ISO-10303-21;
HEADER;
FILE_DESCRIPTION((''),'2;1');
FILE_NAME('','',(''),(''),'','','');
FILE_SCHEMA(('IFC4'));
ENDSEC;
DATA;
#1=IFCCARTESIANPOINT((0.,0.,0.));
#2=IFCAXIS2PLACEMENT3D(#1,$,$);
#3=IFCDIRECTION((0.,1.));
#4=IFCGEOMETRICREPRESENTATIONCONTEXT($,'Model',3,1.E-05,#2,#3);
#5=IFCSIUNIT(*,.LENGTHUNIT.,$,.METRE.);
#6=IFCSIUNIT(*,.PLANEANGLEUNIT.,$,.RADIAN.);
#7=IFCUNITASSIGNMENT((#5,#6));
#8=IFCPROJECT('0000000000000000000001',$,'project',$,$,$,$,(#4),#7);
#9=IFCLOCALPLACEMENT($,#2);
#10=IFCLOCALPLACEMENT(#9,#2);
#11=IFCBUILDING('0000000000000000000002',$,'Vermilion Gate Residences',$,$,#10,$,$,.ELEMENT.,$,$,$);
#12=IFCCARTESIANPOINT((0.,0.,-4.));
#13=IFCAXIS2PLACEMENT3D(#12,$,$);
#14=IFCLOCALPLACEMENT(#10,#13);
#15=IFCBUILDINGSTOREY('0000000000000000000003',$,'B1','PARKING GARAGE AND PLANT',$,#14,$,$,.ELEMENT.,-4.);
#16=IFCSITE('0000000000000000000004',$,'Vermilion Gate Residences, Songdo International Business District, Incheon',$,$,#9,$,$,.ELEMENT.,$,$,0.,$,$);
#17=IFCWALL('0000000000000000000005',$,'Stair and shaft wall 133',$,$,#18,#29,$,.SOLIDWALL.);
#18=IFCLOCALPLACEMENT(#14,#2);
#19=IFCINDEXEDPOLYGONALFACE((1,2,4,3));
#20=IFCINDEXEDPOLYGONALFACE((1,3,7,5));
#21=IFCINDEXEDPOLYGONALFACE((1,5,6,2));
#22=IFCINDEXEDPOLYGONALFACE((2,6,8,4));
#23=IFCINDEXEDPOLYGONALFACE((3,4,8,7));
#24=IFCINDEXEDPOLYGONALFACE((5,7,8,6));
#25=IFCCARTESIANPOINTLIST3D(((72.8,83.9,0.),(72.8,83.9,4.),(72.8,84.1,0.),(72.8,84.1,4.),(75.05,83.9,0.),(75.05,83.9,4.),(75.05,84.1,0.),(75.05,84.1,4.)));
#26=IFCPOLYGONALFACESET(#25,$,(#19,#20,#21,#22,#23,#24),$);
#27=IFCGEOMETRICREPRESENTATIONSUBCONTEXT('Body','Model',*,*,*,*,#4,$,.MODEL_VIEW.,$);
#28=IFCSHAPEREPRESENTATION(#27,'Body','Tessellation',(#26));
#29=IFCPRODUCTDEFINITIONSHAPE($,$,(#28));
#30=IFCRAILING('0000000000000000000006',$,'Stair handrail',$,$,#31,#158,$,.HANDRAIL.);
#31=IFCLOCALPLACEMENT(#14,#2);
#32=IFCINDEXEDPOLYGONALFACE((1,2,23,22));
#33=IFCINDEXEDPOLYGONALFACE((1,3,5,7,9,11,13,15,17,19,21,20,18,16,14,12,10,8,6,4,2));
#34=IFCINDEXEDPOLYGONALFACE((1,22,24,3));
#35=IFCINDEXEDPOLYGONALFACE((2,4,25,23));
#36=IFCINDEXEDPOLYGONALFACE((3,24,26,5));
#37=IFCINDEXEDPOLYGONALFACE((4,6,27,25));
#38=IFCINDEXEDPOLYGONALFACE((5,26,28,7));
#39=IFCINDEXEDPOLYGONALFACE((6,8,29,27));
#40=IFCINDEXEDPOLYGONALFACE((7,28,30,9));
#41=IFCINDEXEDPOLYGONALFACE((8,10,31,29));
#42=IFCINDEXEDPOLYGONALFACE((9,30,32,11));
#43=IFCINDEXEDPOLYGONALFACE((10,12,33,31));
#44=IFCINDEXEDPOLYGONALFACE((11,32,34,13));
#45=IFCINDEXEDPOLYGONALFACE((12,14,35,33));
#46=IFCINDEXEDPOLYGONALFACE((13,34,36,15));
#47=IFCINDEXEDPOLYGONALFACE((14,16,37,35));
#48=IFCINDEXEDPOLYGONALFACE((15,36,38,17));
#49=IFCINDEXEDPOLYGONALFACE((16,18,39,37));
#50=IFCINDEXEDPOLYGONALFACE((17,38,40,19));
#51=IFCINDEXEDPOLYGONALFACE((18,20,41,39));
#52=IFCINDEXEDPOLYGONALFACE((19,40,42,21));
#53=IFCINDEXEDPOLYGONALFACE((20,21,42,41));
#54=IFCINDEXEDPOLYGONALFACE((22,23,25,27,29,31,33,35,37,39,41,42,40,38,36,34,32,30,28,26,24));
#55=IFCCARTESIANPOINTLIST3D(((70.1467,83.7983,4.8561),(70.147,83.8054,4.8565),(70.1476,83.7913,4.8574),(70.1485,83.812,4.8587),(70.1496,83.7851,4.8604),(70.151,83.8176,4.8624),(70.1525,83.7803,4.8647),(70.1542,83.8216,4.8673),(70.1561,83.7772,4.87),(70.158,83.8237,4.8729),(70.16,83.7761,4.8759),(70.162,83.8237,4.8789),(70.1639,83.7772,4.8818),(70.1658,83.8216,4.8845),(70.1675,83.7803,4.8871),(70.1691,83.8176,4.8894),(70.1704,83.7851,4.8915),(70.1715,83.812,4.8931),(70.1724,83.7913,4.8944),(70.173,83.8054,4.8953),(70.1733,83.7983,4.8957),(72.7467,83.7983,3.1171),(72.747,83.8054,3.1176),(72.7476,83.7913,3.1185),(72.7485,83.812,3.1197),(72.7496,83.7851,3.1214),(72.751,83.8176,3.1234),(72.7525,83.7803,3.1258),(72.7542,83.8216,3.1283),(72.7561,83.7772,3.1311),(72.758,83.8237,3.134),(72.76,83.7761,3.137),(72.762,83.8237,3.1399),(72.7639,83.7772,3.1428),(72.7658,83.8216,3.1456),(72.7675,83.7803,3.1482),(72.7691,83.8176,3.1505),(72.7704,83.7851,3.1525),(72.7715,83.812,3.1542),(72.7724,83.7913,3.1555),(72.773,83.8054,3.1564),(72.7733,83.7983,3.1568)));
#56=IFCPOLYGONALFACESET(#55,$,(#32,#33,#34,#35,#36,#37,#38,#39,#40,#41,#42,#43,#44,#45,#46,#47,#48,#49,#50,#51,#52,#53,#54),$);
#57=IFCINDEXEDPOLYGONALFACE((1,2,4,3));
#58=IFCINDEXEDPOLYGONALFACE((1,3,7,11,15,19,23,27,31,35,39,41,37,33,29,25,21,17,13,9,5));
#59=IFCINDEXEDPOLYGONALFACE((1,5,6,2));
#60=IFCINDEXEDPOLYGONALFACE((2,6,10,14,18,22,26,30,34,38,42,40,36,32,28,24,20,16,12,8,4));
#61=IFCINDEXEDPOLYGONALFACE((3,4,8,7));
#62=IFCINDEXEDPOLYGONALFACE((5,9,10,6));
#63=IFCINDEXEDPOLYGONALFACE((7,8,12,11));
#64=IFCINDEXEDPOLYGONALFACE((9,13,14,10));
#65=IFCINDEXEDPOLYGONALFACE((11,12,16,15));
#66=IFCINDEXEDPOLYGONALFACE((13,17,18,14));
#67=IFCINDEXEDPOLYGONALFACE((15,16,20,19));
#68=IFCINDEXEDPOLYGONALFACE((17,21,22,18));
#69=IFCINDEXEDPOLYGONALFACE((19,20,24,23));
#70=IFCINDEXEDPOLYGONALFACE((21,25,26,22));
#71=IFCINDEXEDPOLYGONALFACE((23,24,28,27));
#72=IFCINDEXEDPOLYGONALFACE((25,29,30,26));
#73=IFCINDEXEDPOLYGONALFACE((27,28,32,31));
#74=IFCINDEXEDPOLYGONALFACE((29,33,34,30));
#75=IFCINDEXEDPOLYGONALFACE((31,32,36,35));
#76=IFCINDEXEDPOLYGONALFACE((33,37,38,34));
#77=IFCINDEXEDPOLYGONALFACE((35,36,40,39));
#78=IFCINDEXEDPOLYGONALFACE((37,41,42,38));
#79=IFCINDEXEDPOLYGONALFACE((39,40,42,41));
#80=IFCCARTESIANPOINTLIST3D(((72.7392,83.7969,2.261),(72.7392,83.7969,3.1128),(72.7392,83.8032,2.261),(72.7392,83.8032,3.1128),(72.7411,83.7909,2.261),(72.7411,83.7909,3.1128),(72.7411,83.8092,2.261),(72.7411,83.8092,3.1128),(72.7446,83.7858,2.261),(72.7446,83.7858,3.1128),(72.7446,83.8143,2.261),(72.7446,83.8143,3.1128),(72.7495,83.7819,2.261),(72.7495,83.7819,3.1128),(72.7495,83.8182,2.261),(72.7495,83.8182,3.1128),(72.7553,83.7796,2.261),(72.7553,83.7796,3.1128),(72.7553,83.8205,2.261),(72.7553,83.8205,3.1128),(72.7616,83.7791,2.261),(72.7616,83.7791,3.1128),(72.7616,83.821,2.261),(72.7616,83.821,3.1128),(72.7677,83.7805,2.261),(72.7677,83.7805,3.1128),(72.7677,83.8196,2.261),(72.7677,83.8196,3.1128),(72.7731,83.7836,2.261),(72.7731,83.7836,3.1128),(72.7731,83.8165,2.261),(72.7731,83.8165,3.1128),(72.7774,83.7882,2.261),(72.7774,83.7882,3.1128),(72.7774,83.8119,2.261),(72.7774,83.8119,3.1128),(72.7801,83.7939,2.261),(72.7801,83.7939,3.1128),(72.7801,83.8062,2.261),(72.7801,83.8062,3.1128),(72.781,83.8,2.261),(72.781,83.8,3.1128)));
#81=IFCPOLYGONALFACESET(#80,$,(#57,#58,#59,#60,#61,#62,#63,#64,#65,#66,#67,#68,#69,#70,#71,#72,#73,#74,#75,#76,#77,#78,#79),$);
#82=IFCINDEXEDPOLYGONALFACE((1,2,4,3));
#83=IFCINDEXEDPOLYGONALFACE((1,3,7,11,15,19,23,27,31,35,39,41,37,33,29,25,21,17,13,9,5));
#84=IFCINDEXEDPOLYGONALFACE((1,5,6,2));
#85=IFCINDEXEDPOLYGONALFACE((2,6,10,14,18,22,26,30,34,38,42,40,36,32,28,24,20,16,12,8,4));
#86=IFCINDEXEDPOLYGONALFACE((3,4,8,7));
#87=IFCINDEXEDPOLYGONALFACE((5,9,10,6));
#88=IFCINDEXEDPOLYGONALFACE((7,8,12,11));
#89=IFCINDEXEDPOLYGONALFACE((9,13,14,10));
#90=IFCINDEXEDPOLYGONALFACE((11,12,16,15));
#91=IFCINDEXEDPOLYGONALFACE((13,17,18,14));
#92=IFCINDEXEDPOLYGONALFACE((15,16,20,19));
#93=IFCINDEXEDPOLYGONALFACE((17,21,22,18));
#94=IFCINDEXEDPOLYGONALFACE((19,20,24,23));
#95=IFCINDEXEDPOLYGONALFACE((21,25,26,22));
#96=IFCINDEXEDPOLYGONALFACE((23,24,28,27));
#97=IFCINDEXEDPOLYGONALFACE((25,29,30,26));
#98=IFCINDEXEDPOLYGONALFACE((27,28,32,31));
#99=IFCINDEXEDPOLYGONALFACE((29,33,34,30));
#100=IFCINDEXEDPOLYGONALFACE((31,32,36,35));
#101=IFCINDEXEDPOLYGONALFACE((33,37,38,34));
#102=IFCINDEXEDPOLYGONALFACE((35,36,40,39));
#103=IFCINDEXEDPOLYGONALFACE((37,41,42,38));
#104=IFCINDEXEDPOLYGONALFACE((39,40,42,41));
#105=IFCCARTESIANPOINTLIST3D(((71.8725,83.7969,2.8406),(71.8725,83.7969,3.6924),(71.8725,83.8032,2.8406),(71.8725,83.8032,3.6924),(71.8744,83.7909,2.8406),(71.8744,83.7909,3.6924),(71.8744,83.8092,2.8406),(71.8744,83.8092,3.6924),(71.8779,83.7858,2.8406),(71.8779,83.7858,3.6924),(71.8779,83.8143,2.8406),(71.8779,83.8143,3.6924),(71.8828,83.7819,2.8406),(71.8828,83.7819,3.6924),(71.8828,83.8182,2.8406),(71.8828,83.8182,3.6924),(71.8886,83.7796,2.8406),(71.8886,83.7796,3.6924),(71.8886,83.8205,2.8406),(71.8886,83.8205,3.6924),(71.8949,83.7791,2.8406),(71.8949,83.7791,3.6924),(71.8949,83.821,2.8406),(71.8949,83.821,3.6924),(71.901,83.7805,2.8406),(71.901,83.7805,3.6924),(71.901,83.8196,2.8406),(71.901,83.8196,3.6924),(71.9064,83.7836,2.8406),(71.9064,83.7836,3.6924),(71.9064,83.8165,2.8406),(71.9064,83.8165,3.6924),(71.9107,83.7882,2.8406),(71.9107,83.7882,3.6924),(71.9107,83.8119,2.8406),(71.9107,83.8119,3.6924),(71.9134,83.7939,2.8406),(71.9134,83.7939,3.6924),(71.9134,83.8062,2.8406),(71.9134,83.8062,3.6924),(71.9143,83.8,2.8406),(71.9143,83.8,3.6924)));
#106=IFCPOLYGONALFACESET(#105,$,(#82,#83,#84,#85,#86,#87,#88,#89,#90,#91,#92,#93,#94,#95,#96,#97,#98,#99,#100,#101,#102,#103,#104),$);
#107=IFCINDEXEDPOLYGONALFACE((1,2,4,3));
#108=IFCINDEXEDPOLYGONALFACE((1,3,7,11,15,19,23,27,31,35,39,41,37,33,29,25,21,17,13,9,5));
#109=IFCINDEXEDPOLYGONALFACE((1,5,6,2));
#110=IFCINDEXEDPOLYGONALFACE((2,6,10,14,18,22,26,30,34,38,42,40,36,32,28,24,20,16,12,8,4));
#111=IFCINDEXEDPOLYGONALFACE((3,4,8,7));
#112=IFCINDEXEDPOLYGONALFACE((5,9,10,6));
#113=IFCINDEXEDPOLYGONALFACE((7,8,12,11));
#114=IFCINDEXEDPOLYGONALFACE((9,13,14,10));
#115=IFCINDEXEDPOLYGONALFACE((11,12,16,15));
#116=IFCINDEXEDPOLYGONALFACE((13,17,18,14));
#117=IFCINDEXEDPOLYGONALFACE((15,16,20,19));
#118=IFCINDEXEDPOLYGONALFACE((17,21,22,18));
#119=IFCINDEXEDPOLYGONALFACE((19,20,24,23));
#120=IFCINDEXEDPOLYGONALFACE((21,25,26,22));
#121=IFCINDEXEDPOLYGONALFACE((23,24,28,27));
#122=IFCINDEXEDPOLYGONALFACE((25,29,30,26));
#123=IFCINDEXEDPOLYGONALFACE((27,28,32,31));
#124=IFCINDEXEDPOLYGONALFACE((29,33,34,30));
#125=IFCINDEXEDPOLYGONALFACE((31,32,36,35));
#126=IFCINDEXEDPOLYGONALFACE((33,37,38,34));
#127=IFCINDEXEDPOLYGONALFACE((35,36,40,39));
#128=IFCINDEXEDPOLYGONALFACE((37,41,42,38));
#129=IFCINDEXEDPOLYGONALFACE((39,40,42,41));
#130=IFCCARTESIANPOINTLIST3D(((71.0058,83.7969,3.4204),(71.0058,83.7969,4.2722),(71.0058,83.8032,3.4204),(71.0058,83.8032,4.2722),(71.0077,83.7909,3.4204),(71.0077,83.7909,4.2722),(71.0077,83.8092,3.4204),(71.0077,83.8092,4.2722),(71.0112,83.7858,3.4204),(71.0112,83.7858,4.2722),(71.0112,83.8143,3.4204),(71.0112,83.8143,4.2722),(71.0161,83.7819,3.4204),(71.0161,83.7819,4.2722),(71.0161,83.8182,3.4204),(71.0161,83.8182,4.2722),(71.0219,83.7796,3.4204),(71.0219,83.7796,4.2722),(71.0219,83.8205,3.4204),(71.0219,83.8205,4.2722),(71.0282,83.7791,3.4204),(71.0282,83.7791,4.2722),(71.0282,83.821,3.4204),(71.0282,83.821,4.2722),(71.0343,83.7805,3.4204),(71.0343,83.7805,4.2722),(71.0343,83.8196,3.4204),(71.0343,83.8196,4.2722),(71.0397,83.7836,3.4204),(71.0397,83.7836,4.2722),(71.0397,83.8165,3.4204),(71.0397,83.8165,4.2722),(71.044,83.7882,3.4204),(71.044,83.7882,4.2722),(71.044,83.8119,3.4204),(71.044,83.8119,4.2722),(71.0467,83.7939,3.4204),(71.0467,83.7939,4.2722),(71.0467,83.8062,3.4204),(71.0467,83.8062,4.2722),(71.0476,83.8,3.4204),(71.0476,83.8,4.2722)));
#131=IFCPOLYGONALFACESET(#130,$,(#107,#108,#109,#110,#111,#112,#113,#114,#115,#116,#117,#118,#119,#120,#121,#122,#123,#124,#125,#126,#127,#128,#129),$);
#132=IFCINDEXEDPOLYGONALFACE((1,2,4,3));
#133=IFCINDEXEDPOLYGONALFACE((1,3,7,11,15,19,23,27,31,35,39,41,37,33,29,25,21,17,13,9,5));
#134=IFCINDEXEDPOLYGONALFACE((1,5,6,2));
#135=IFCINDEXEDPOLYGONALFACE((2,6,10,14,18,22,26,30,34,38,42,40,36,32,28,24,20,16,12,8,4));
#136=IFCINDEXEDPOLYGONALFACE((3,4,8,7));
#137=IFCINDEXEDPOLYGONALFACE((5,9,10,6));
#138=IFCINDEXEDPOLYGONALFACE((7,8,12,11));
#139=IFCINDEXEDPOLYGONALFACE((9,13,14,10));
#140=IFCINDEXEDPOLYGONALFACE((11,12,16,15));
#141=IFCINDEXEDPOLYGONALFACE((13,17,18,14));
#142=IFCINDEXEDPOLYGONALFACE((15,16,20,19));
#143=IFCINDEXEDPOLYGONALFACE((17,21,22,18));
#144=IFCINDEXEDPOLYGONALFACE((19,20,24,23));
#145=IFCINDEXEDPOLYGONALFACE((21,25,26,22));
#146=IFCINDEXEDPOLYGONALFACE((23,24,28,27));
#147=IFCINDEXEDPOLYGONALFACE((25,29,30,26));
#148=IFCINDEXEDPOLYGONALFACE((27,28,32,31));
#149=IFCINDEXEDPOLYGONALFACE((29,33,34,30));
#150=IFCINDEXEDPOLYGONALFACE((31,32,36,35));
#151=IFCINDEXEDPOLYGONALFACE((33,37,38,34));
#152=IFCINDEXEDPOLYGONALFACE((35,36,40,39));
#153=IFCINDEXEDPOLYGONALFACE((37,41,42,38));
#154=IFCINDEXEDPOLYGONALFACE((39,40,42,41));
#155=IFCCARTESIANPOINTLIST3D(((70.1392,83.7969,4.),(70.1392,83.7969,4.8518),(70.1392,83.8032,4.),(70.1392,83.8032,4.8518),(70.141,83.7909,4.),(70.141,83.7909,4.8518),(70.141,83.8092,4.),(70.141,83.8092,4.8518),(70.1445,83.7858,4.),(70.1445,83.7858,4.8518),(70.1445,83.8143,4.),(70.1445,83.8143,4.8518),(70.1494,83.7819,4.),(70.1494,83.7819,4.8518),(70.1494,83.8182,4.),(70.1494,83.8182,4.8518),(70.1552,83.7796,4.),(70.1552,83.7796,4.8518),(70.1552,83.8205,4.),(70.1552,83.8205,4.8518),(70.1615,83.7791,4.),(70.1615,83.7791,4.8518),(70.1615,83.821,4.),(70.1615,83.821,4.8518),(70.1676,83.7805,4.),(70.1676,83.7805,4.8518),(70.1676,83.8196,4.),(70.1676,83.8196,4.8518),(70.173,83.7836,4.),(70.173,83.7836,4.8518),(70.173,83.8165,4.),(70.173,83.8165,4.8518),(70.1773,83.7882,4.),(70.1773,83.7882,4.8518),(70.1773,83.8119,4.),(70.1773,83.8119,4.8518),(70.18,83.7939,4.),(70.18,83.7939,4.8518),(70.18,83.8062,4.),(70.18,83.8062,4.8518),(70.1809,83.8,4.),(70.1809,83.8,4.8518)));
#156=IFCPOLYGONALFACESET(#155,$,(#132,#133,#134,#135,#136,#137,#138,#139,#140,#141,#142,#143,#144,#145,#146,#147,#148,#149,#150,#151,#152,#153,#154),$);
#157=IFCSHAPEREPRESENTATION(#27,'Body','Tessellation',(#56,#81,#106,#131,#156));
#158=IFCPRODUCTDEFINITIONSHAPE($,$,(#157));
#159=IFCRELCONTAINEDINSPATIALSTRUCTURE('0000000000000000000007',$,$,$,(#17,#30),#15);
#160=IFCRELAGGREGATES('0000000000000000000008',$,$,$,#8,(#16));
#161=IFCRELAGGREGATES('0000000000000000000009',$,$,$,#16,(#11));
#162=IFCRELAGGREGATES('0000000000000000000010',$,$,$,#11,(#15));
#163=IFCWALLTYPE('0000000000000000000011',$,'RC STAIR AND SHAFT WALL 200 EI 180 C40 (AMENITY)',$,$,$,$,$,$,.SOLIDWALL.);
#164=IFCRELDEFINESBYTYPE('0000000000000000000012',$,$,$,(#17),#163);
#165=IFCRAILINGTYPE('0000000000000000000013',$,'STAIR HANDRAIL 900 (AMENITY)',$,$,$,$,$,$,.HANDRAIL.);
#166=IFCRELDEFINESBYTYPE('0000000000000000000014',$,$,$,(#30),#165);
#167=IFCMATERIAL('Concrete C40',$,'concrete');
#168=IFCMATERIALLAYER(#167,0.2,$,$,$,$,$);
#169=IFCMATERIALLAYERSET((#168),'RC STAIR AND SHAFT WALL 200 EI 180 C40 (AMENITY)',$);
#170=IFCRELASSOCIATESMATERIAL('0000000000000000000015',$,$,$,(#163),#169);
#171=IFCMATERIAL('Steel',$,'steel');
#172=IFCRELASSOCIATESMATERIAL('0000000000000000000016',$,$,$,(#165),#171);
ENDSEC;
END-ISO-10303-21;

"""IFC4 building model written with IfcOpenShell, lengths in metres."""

from ifc_helpers import new_model, si_unit, direction, frame, frame_2d, origin, origin_2d, place, context, subcontext, project, spatial, rectangle, circle, extrude, material, layer, layer_set, type_object, element, save


model = new_model("IFC4")

# Units and contexts
model_context = context("Model", 3, precision=1e-05, world=origin(), true_north=direction((0.0, 1.0)))
body_context = subcontext(model_context, "Body", "Model", "MODEL_VIEW")
ifc_project = project(units=[si_unit("LENGTHUNIT", "METRE"), si_unit("PLANEANGLEUNIT", "RADIAN")], contexts=[model_context])

# Site, building, storey
site_placement = place(None, origin())
site = spatial("IfcSite", under=ifc_project, at=site_placement, Name="Vermilion Gate Residences, Songdo International Business District, Incheon", CompositionType="ELEMENT", RefElevation=0.0)
building_placement = place(site_placement, origin())
building = spatial("IfcBuilding", under=site, at=building_placement, Name="Vermilion Gate Residences", CompositionType="ELEMENT")
storey_placement = place(building_placement, frame((0.0, 0.0, -4.0)))
storey = spatial("IfcBuildingStorey", under=building, at=storey_placement, Name="B1", Description="PARKING GARAGE AND PLANT", CompositionType="ELEMENT", Elevation=-4.0)

# Wall
ifc_material_1 = material(Name="Concrete C40", Category="concrete")
ifc_layer_1 = layer(ifc_material_1, 0.2)
ifc_layer_set_1 = layer_set([ifc_layer_1], Name="RC STAIR AND SHAFT WALL 200 EI 180 C40 (AMENITY)")
wall_type_1 = type_object("IfcWallType", Name="RC STAIR AND SHAFT WALL 200 EI 180 C40 (AMENITY)", PredefinedType="SOLIDWALL", material=ifc_layer_set_1)
wall_1_placement = place(storey_placement, frame((72.8, 84.0, 0.0), z_axis=(0.0, 0.0, 1.0), x_axis=(1.0, 0.0, 0.0)))
element("IfcWall", 1, at=wall_1_placement, inside=storey, type_object=wall_type_1, Name="Stair and shaft wall 133", PredefinedType="SOLIDWALL", context=body_context, shape_type="SweptSolid", body=[
    extrude(rectangle(XDim=2.25, YDim=0.2, at=frame_2d((1.125, 0.0))), origin(), (0.0, 0.0, 1.0), 4.0),
])

# Railing
ifc_material_2 = material(Name="Steel", Category="steel")
railing_type = type_object("IfcRailingType", Name="STAIR HANDRAIL 900 (AMENITY)", PredefinedType="HANDRAIL", material=ifc_material_2)
railing_placement = place(storey_placement, frame((72.76, 83.8, 2.261)))
element("IfcRailing", 2, at=railing_placement, inside=storey, type_object=railing_type, Name="Stair handrail", PredefinedType="HANDRAIL", context=body_context, shape_type="SweptSolid", body=[
    extrude(circle(Radius=0.0239, at=origin_2d()), frame((0.0, 0.0, 0.876), z_axis=(-0.831221, 0.0, 0.555942), x_axis=(0.0, -1.0, 0.0)), (0.0, 0.0, 1.0), 3.1279),
    extrude(circle(Radius=0.021, at=origin_2d()), origin(), (0.0, 0.0, 1.0), 0.8518),
    extrude(circle(Radius=0.021, at=origin_2d()), frame((-0.8667, 0.0, 0.5796)), (0.0, 0.0, 1.0), 0.8518),
    extrude(circle(Radius=0.021, at=origin_2d()), frame((-1.7334, 0.0, 1.1594)), (0.0, 0.0, 1.0), 0.8518),
    extrude(circle(Radius=0.021, at=origin_2d()), frame((-2.6001, 0.0, 1.739)), (0.0, 0.0, 1.0), 0.8518),
])

save(model, "model.ifc")
